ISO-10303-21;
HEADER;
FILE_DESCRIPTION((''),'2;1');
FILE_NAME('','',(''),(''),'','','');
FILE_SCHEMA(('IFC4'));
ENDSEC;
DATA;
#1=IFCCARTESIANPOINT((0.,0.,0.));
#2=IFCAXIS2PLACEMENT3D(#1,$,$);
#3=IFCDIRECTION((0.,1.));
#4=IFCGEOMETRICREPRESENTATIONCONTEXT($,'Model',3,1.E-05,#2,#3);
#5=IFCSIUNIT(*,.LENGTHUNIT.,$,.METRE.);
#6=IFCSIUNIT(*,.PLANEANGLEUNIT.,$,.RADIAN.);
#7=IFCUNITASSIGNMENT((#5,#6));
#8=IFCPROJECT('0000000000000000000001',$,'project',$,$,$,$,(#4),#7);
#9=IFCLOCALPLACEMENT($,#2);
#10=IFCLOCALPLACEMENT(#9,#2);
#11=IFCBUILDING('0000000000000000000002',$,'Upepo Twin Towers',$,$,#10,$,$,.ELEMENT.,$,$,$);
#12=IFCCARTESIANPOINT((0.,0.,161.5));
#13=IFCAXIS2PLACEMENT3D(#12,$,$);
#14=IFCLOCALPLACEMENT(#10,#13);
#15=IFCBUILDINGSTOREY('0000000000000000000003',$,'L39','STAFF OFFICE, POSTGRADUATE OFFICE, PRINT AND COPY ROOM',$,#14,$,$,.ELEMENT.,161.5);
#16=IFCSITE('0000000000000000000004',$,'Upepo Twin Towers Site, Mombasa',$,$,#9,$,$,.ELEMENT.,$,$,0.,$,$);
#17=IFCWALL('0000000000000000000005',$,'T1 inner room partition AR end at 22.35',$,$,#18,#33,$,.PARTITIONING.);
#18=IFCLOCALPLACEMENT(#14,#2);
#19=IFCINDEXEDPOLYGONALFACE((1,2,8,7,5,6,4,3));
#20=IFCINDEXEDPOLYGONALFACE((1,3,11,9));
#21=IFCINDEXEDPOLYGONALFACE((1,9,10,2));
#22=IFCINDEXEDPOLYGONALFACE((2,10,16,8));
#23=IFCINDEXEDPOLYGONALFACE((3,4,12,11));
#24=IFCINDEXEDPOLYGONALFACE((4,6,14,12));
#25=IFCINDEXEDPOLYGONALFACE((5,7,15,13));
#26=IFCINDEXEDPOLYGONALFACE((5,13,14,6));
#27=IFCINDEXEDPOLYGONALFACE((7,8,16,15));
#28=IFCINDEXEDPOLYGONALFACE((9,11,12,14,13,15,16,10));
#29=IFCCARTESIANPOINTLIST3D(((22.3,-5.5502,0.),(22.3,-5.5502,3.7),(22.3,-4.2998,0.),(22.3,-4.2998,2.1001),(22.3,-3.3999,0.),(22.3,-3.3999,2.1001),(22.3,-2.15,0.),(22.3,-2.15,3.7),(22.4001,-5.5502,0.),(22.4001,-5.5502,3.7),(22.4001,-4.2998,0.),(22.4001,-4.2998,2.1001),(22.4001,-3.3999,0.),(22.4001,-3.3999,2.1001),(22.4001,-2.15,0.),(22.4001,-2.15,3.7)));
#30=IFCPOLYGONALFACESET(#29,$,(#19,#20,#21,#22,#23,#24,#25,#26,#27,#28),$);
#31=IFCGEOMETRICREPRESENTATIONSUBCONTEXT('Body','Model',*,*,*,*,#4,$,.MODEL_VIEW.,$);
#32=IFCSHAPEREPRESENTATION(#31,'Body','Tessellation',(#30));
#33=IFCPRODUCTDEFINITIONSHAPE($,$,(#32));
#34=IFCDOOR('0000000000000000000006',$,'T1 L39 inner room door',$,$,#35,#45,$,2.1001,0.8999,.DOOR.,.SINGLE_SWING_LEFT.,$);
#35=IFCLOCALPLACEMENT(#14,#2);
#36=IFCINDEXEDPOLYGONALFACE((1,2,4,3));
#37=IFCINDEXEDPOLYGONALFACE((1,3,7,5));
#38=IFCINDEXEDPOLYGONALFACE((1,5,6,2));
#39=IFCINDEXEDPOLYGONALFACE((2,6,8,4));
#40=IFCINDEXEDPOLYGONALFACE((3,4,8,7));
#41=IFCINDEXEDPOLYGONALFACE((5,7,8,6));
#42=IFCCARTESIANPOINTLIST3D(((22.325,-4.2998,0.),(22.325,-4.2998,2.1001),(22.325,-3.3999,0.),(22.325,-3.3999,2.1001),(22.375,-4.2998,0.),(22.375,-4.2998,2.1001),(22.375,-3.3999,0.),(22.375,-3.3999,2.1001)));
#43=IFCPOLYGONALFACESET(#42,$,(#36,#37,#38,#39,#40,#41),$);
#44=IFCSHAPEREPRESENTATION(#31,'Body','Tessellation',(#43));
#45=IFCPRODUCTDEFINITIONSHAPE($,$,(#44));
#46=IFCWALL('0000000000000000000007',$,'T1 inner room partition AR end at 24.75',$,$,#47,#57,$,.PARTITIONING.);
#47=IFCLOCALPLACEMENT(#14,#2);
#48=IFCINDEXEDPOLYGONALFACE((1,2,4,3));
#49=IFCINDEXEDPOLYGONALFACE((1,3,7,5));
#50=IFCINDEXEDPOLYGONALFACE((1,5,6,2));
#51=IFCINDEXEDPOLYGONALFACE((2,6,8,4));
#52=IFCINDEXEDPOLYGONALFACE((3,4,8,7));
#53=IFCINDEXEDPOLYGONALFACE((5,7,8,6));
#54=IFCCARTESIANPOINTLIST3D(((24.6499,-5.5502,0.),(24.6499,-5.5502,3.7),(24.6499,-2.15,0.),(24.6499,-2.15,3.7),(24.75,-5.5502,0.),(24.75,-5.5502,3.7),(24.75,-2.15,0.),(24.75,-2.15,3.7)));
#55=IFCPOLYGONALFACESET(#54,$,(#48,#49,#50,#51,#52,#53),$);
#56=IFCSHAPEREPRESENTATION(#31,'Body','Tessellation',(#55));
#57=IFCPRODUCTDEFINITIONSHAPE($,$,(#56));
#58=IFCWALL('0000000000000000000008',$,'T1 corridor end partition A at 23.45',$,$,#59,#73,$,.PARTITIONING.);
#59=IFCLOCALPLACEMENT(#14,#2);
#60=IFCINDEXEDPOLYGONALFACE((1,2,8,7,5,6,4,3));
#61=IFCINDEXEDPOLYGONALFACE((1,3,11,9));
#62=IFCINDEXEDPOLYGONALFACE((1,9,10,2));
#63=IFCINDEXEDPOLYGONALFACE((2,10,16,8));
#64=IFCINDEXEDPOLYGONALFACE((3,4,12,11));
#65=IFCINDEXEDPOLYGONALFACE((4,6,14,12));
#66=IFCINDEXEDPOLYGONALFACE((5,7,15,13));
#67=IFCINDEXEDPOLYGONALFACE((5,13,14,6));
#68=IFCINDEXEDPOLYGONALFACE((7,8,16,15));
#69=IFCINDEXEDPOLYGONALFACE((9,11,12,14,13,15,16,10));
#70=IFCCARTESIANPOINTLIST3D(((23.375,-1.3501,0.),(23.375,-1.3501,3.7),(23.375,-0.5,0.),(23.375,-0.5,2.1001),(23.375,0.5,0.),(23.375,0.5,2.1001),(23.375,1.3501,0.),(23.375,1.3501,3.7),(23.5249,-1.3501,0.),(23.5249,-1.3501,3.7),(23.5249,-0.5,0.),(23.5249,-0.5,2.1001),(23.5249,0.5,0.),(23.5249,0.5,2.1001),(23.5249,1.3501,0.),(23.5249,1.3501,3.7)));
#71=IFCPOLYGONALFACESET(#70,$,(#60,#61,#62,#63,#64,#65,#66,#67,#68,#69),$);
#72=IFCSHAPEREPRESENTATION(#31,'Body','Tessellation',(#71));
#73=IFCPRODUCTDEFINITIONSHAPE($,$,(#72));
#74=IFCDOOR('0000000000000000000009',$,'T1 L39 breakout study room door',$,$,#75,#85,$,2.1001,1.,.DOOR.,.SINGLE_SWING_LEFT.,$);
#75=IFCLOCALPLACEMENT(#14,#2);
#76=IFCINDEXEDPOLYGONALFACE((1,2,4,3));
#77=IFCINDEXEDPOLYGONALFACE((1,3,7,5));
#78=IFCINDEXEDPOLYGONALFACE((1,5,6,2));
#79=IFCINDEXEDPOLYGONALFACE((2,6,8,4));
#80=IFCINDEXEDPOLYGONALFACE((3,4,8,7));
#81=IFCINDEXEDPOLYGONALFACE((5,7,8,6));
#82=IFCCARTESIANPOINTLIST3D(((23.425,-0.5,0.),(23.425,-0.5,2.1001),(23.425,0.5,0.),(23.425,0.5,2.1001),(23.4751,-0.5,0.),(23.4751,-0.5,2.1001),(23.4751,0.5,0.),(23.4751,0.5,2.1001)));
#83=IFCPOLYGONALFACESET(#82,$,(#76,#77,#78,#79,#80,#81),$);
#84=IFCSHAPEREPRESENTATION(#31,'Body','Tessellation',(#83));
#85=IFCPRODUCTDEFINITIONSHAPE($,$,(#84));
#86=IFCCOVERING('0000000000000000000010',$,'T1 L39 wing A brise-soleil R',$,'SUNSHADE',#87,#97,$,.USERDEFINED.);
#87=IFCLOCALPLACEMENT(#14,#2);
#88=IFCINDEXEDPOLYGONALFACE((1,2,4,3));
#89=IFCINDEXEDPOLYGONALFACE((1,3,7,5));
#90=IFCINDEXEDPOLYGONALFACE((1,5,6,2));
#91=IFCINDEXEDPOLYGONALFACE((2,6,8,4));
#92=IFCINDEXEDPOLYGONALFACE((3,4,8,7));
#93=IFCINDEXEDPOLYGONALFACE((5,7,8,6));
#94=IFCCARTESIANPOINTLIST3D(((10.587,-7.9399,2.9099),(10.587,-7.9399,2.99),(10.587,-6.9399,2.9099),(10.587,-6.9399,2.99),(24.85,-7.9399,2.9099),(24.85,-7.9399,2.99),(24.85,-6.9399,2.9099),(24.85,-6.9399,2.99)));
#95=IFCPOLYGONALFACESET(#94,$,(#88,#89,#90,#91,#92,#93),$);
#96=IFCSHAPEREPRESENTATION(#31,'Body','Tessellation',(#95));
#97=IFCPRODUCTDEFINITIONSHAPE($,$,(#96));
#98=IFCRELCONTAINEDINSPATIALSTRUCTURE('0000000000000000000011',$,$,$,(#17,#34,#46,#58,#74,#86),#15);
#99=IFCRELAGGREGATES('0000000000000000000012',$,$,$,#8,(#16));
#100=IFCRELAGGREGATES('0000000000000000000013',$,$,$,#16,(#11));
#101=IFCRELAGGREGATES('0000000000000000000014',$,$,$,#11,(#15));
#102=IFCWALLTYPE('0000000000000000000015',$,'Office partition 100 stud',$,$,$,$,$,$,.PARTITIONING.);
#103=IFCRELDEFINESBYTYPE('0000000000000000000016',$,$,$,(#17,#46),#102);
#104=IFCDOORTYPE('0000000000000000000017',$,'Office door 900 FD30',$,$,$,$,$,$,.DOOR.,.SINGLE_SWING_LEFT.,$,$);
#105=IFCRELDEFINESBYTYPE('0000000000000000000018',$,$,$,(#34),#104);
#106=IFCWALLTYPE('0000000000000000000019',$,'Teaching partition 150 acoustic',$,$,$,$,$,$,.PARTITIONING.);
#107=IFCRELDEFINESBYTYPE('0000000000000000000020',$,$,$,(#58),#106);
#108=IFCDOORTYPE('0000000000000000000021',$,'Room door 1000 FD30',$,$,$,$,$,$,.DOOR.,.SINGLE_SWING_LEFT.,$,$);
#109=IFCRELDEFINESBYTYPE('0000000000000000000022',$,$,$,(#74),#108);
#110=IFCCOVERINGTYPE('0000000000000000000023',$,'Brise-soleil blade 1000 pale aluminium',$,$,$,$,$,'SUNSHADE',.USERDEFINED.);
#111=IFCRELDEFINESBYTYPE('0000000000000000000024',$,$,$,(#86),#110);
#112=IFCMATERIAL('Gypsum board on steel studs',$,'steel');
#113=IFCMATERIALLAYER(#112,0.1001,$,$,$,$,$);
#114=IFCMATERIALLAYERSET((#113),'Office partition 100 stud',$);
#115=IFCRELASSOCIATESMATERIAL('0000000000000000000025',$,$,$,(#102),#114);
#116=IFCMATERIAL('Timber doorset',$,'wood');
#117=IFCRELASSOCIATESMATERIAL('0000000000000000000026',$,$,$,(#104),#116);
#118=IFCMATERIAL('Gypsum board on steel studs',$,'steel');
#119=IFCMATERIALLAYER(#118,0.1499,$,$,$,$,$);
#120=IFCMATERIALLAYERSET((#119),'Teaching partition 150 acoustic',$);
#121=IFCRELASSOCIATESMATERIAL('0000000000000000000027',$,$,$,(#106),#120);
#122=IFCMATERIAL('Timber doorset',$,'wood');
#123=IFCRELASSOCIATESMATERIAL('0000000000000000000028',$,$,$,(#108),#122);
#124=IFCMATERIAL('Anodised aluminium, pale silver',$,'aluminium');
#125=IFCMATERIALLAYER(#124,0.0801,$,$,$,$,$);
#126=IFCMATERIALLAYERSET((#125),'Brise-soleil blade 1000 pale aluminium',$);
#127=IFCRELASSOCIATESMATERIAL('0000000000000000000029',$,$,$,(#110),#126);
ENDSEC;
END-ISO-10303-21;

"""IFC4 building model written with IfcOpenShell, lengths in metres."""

from ifc_helpers import new_model, si_unit, direction, frame, frame_2d, origin, origin_2d, place, context, subcontext, project, spatial, rectangle, extrude, material, layer, layer_set, type_object, element, fill, save


model = new_model("IFC4")

# Units and contexts
model_context = context("Model", 3, precision=1e-05, world=origin(), true_north=direction((0.0, 1.0)))
body_context = subcontext(model_context, "Body", "Model", "MODEL_VIEW")
ifc_project = project(units=[si_unit("LENGTHUNIT", "METRE"), si_unit("PLANEANGLEUNIT", "RADIAN")], contexts=[model_context])

# Site, building, storey
site_placement = place(None, origin())
site = spatial("IfcSite", under=ifc_project, at=site_placement, Name="Upepo Twin Towers Site, Mombasa", CompositionType="ELEMENT", RefElevation=0.0)
building_placement = place(site_placement, origin())
building = spatial("IfcBuilding", under=site, at=building_placement, Name="Upepo Twin Towers", CompositionType="ELEMENT")
storey_placement = place(building_placement, frame((0.0, 0.0, 161.5)))
storey = spatial("IfcBuildingStorey", under=building, at=storey_placement, Name="L39", Description="STAFF OFFICE, POSTGRADUATE OFFICE, PRINT AND COPY ROOM", CompositionType="ELEMENT", Elevation=161.5)

# Shared definitions
ifc_material_1 = material(Name="Gypsum board on steel studs", Category="steel")
ifc_layer_1 = layer(ifc_material_1, 0.1001)
ifc_layer_set_1 = layer_set([ifc_layer_1], Name="Office partition 100 stud")
wall_type_1 = type_object("IfcWallType", Name="Office partition 100 stud", PredefinedType="PARTITIONING", material=ifc_layer_set_1)

# Shared definitions
ifc_material_2 = material(Name="Timber doorset", Category="wood")
door_type_1 = type_object("IfcDoorType", Name="Office door 900 FD30", OperationType="SINGLE_SWING_LEFT", PredefinedType="DOOR", material=ifc_material_2)

# Wall, opening, door
wall_1_placement = place(storey_placement, frame((22.3501, -2.1499, 0.0), z_axis=(0.0, 0.0, 1.0), x_axis=(0.0, -1.0, 0.0)))
wall_1 = element("IfcWall", 1, at=wall_1_placement, inside=storey, type_object=wall_type_1, Name="T1 inner room partition AR end at 22.35", PredefinedType="PARTITIONING", context=body_context, shape_type="SweptSolid", body=[
    extrude(rectangle(XDim=3.4001, YDim=0.1001, at=frame_2d((1.7002, 0.0))), origin(), (0.0, 0.0, 1.0), 3.7),
])
opening_1_placement = place(wall_1_placement, frame((1.25, 0.0, 0.0)))
opening_1 = element("IfcOpeningElement", 2, at=opening_1_placement, cuts=wall_1, PredefinedType="OPENING", context=body_context, shape_type="SweptSolid", body=[
    extrude(rectangle(XDim=0.8999, YDim=2.1001, at=frame_2d((0.45, 1.05))), frame((0.0, 0.0601, 0.0), z_axis=(0.0, -1.0, 0.0), x_axis=(1.0, 0.0, 0.0)), (0.0, 0.0, 1.0), 0.1201),
])
door_1_placement = place(opening_1_placement, origin())
door_1 = element("IfcDoor", 3, at=door_1_placement, inside=storey, type_object=door_type_1, Name="T1 L39 inner room door", OperationType="SINGLE_SWING_LEFT", OverallHeight=2.1001, OverallWidth=0.8999, PredefinedType="DOOR", context=body_context, shape_type="SweptSolid", body=[
    extrude(rectangle(XDim=0.8999, YDim=2.1001, at=frame_2d((0.45, 1.05))), frame((0.0, 0.0249, 0.0), z_axis=(0.0, -1.0, 0.0), x_axis=(1.0, 0.0, 0.0)), (0.0, 0.0, 1.0), 0.05),
])
fill(opening_1, door_1)

# Wall
wall_2_placement = place(storey_placement, frame((24.7, -2.1499, 0.0), z_axis=(0.0, 0.0, 1.0), x_axis=(0.0, -1.0, 0.0)))
element("IfcWall", 4, at=wall_2_placement, inside=storey, type_object=wall_type_1, Name="T1 inner room partition AR end at 24.75", PredefinedType="PARTITIONING", context=body_context, shape_type="SweptSolid", body=[
    extrude(rectangle(XDim=3.4001, YDim=0.1001, at=frame_2d((1.7002, 0.0))), origin(), (0.0, 0.0, 1.0), 3.7),
])

# Wall, opening, door
ifc_material_3 = material(Name="Gypsum board on steel studs", Category="steel")
ifc_layer_2 = layer(ifc_material_3, 0.1499)
ifc_layer_set_2 = layer_set([ifc_layer_2], Name="Teaching partition 150 acoustic")
wall_type_2 = type_object("IfcWallType", Name="Teaching partition 150 acoustic", PredefinedType="PARTITIONING", material=ifc_layer_set_2)
wall_3_placement = place(storey_placement, frame((23.45, -1.3501, 0.0), z_axis=(0.0, 0.0, 1.0), x_axis=(0.0, 1.0, 0.0)))
wall_3 = element("IfcWall", 5, at=wall_3_placement, inside=storey, type_object=wall_type_2, Name="T1 corridor end partition A at 23.45", PredefinedType="PARTITIONING", context=body_context, shape_type="SweptSolid", body=[
    extrude(rectangle(XDim=2.7002, YDim=0.1499, at=frame_2d((1.3501, 0.0))), origin(), (0.0, 0.0, 1.0), 3.7),
])
opening_2_placement = place(wall_3_placement, frame((0.8501, 0.0, 0.0)))
opening_2 = element("IfcOpeningElement", 6, at=opening_2_placement, cuts=wall_3, PredefinedType="OPENING", context=body_context, shape_type="SweptSolid", body=[
    extrude(rectangle(XDim=1.0, YDim=2.1001, at=frame_2d((0.5, 1.05))), frame((0.0, 0.085, 0.0), z_axis=(0.0, -1.0, 0.0), x_axis=(1.0, 0.0, 0.0)), (0.0, 0.0, 1.0), 0.1699),
])
ifc_material_4 = material(Name="Timber doorset", Category="wood")
door_type_2 = type_object("IfcDoorType", Name="Room door 1000 FD30", OperationType="SINGLE_SWING_LEFT", PredefinedType="DOOR", material=ifc_material_4)
door_2_placement = place(opening_2_placement, origin())
door_2 = element("IfcDoor", 7, at=door_2_placement, inside=storey, type_object=door_type_2, Name="T1 L39 breakout study room door", OperationType="SINGLE_SWING_LEFT", OverallHeight=2.1001, OverallWidth=1.0, PredefinedType="DOOR", context=body_context, shape_type="SweptSolid", body=[
    extrude(rectangle(XDim=1.0, YDim=2.1001, at=frame_2d((0.5, 1.05))), frame((0.0, 0.0249, 0.0), z_axis=(0.0, -1.0, 0.0), x_axis=(1.0, 0.0, 0.0)), (0.0, 0.0, 1.0), 0.05),
])
fill(opening_2, door_2)

# Covering
ifc_material_5 = material(Name="Anodised aluminium, pale silver", Category="aluminium")
ifc_layer_3 = layer(ifc_material_5, 0.0801)
ifc_layer_set_3 = layer_set([ifc_layer_3], Name="Brise-soleil blade 1000 pale aluminium")
covering_type = type_object("IfcCoveringType", Name="Brise-soleil blade 1000 pale aluminium", ElementType="SUNSHADE", PredefinedType="USERDEFINED", material=ifc_layer_set_3)
covering_placement = place(storey_placement, frame((17.7185, -7.4399, 2.9099), z_axis=(0.0, 0.0, 1.0), x_axis=(1.0, 0.0, 0.0)))
element("IfcCovering", 8, at=covering_placement, inside=storey, type_object=covering_type, Name="T1 L39 wing A brise-soleil R", ObjectType="SUNSHADE", PredefinedType="USERDEFINED", context=body_context, shape_type="SweptSolid", body=[
    extrude(rectangle(XDim=14.2629, YDim=1.0, at=origin_2d()), origin(), (0.0, 0.0, 1.0), 0.0801),
])

save(model, "model.ifc")
